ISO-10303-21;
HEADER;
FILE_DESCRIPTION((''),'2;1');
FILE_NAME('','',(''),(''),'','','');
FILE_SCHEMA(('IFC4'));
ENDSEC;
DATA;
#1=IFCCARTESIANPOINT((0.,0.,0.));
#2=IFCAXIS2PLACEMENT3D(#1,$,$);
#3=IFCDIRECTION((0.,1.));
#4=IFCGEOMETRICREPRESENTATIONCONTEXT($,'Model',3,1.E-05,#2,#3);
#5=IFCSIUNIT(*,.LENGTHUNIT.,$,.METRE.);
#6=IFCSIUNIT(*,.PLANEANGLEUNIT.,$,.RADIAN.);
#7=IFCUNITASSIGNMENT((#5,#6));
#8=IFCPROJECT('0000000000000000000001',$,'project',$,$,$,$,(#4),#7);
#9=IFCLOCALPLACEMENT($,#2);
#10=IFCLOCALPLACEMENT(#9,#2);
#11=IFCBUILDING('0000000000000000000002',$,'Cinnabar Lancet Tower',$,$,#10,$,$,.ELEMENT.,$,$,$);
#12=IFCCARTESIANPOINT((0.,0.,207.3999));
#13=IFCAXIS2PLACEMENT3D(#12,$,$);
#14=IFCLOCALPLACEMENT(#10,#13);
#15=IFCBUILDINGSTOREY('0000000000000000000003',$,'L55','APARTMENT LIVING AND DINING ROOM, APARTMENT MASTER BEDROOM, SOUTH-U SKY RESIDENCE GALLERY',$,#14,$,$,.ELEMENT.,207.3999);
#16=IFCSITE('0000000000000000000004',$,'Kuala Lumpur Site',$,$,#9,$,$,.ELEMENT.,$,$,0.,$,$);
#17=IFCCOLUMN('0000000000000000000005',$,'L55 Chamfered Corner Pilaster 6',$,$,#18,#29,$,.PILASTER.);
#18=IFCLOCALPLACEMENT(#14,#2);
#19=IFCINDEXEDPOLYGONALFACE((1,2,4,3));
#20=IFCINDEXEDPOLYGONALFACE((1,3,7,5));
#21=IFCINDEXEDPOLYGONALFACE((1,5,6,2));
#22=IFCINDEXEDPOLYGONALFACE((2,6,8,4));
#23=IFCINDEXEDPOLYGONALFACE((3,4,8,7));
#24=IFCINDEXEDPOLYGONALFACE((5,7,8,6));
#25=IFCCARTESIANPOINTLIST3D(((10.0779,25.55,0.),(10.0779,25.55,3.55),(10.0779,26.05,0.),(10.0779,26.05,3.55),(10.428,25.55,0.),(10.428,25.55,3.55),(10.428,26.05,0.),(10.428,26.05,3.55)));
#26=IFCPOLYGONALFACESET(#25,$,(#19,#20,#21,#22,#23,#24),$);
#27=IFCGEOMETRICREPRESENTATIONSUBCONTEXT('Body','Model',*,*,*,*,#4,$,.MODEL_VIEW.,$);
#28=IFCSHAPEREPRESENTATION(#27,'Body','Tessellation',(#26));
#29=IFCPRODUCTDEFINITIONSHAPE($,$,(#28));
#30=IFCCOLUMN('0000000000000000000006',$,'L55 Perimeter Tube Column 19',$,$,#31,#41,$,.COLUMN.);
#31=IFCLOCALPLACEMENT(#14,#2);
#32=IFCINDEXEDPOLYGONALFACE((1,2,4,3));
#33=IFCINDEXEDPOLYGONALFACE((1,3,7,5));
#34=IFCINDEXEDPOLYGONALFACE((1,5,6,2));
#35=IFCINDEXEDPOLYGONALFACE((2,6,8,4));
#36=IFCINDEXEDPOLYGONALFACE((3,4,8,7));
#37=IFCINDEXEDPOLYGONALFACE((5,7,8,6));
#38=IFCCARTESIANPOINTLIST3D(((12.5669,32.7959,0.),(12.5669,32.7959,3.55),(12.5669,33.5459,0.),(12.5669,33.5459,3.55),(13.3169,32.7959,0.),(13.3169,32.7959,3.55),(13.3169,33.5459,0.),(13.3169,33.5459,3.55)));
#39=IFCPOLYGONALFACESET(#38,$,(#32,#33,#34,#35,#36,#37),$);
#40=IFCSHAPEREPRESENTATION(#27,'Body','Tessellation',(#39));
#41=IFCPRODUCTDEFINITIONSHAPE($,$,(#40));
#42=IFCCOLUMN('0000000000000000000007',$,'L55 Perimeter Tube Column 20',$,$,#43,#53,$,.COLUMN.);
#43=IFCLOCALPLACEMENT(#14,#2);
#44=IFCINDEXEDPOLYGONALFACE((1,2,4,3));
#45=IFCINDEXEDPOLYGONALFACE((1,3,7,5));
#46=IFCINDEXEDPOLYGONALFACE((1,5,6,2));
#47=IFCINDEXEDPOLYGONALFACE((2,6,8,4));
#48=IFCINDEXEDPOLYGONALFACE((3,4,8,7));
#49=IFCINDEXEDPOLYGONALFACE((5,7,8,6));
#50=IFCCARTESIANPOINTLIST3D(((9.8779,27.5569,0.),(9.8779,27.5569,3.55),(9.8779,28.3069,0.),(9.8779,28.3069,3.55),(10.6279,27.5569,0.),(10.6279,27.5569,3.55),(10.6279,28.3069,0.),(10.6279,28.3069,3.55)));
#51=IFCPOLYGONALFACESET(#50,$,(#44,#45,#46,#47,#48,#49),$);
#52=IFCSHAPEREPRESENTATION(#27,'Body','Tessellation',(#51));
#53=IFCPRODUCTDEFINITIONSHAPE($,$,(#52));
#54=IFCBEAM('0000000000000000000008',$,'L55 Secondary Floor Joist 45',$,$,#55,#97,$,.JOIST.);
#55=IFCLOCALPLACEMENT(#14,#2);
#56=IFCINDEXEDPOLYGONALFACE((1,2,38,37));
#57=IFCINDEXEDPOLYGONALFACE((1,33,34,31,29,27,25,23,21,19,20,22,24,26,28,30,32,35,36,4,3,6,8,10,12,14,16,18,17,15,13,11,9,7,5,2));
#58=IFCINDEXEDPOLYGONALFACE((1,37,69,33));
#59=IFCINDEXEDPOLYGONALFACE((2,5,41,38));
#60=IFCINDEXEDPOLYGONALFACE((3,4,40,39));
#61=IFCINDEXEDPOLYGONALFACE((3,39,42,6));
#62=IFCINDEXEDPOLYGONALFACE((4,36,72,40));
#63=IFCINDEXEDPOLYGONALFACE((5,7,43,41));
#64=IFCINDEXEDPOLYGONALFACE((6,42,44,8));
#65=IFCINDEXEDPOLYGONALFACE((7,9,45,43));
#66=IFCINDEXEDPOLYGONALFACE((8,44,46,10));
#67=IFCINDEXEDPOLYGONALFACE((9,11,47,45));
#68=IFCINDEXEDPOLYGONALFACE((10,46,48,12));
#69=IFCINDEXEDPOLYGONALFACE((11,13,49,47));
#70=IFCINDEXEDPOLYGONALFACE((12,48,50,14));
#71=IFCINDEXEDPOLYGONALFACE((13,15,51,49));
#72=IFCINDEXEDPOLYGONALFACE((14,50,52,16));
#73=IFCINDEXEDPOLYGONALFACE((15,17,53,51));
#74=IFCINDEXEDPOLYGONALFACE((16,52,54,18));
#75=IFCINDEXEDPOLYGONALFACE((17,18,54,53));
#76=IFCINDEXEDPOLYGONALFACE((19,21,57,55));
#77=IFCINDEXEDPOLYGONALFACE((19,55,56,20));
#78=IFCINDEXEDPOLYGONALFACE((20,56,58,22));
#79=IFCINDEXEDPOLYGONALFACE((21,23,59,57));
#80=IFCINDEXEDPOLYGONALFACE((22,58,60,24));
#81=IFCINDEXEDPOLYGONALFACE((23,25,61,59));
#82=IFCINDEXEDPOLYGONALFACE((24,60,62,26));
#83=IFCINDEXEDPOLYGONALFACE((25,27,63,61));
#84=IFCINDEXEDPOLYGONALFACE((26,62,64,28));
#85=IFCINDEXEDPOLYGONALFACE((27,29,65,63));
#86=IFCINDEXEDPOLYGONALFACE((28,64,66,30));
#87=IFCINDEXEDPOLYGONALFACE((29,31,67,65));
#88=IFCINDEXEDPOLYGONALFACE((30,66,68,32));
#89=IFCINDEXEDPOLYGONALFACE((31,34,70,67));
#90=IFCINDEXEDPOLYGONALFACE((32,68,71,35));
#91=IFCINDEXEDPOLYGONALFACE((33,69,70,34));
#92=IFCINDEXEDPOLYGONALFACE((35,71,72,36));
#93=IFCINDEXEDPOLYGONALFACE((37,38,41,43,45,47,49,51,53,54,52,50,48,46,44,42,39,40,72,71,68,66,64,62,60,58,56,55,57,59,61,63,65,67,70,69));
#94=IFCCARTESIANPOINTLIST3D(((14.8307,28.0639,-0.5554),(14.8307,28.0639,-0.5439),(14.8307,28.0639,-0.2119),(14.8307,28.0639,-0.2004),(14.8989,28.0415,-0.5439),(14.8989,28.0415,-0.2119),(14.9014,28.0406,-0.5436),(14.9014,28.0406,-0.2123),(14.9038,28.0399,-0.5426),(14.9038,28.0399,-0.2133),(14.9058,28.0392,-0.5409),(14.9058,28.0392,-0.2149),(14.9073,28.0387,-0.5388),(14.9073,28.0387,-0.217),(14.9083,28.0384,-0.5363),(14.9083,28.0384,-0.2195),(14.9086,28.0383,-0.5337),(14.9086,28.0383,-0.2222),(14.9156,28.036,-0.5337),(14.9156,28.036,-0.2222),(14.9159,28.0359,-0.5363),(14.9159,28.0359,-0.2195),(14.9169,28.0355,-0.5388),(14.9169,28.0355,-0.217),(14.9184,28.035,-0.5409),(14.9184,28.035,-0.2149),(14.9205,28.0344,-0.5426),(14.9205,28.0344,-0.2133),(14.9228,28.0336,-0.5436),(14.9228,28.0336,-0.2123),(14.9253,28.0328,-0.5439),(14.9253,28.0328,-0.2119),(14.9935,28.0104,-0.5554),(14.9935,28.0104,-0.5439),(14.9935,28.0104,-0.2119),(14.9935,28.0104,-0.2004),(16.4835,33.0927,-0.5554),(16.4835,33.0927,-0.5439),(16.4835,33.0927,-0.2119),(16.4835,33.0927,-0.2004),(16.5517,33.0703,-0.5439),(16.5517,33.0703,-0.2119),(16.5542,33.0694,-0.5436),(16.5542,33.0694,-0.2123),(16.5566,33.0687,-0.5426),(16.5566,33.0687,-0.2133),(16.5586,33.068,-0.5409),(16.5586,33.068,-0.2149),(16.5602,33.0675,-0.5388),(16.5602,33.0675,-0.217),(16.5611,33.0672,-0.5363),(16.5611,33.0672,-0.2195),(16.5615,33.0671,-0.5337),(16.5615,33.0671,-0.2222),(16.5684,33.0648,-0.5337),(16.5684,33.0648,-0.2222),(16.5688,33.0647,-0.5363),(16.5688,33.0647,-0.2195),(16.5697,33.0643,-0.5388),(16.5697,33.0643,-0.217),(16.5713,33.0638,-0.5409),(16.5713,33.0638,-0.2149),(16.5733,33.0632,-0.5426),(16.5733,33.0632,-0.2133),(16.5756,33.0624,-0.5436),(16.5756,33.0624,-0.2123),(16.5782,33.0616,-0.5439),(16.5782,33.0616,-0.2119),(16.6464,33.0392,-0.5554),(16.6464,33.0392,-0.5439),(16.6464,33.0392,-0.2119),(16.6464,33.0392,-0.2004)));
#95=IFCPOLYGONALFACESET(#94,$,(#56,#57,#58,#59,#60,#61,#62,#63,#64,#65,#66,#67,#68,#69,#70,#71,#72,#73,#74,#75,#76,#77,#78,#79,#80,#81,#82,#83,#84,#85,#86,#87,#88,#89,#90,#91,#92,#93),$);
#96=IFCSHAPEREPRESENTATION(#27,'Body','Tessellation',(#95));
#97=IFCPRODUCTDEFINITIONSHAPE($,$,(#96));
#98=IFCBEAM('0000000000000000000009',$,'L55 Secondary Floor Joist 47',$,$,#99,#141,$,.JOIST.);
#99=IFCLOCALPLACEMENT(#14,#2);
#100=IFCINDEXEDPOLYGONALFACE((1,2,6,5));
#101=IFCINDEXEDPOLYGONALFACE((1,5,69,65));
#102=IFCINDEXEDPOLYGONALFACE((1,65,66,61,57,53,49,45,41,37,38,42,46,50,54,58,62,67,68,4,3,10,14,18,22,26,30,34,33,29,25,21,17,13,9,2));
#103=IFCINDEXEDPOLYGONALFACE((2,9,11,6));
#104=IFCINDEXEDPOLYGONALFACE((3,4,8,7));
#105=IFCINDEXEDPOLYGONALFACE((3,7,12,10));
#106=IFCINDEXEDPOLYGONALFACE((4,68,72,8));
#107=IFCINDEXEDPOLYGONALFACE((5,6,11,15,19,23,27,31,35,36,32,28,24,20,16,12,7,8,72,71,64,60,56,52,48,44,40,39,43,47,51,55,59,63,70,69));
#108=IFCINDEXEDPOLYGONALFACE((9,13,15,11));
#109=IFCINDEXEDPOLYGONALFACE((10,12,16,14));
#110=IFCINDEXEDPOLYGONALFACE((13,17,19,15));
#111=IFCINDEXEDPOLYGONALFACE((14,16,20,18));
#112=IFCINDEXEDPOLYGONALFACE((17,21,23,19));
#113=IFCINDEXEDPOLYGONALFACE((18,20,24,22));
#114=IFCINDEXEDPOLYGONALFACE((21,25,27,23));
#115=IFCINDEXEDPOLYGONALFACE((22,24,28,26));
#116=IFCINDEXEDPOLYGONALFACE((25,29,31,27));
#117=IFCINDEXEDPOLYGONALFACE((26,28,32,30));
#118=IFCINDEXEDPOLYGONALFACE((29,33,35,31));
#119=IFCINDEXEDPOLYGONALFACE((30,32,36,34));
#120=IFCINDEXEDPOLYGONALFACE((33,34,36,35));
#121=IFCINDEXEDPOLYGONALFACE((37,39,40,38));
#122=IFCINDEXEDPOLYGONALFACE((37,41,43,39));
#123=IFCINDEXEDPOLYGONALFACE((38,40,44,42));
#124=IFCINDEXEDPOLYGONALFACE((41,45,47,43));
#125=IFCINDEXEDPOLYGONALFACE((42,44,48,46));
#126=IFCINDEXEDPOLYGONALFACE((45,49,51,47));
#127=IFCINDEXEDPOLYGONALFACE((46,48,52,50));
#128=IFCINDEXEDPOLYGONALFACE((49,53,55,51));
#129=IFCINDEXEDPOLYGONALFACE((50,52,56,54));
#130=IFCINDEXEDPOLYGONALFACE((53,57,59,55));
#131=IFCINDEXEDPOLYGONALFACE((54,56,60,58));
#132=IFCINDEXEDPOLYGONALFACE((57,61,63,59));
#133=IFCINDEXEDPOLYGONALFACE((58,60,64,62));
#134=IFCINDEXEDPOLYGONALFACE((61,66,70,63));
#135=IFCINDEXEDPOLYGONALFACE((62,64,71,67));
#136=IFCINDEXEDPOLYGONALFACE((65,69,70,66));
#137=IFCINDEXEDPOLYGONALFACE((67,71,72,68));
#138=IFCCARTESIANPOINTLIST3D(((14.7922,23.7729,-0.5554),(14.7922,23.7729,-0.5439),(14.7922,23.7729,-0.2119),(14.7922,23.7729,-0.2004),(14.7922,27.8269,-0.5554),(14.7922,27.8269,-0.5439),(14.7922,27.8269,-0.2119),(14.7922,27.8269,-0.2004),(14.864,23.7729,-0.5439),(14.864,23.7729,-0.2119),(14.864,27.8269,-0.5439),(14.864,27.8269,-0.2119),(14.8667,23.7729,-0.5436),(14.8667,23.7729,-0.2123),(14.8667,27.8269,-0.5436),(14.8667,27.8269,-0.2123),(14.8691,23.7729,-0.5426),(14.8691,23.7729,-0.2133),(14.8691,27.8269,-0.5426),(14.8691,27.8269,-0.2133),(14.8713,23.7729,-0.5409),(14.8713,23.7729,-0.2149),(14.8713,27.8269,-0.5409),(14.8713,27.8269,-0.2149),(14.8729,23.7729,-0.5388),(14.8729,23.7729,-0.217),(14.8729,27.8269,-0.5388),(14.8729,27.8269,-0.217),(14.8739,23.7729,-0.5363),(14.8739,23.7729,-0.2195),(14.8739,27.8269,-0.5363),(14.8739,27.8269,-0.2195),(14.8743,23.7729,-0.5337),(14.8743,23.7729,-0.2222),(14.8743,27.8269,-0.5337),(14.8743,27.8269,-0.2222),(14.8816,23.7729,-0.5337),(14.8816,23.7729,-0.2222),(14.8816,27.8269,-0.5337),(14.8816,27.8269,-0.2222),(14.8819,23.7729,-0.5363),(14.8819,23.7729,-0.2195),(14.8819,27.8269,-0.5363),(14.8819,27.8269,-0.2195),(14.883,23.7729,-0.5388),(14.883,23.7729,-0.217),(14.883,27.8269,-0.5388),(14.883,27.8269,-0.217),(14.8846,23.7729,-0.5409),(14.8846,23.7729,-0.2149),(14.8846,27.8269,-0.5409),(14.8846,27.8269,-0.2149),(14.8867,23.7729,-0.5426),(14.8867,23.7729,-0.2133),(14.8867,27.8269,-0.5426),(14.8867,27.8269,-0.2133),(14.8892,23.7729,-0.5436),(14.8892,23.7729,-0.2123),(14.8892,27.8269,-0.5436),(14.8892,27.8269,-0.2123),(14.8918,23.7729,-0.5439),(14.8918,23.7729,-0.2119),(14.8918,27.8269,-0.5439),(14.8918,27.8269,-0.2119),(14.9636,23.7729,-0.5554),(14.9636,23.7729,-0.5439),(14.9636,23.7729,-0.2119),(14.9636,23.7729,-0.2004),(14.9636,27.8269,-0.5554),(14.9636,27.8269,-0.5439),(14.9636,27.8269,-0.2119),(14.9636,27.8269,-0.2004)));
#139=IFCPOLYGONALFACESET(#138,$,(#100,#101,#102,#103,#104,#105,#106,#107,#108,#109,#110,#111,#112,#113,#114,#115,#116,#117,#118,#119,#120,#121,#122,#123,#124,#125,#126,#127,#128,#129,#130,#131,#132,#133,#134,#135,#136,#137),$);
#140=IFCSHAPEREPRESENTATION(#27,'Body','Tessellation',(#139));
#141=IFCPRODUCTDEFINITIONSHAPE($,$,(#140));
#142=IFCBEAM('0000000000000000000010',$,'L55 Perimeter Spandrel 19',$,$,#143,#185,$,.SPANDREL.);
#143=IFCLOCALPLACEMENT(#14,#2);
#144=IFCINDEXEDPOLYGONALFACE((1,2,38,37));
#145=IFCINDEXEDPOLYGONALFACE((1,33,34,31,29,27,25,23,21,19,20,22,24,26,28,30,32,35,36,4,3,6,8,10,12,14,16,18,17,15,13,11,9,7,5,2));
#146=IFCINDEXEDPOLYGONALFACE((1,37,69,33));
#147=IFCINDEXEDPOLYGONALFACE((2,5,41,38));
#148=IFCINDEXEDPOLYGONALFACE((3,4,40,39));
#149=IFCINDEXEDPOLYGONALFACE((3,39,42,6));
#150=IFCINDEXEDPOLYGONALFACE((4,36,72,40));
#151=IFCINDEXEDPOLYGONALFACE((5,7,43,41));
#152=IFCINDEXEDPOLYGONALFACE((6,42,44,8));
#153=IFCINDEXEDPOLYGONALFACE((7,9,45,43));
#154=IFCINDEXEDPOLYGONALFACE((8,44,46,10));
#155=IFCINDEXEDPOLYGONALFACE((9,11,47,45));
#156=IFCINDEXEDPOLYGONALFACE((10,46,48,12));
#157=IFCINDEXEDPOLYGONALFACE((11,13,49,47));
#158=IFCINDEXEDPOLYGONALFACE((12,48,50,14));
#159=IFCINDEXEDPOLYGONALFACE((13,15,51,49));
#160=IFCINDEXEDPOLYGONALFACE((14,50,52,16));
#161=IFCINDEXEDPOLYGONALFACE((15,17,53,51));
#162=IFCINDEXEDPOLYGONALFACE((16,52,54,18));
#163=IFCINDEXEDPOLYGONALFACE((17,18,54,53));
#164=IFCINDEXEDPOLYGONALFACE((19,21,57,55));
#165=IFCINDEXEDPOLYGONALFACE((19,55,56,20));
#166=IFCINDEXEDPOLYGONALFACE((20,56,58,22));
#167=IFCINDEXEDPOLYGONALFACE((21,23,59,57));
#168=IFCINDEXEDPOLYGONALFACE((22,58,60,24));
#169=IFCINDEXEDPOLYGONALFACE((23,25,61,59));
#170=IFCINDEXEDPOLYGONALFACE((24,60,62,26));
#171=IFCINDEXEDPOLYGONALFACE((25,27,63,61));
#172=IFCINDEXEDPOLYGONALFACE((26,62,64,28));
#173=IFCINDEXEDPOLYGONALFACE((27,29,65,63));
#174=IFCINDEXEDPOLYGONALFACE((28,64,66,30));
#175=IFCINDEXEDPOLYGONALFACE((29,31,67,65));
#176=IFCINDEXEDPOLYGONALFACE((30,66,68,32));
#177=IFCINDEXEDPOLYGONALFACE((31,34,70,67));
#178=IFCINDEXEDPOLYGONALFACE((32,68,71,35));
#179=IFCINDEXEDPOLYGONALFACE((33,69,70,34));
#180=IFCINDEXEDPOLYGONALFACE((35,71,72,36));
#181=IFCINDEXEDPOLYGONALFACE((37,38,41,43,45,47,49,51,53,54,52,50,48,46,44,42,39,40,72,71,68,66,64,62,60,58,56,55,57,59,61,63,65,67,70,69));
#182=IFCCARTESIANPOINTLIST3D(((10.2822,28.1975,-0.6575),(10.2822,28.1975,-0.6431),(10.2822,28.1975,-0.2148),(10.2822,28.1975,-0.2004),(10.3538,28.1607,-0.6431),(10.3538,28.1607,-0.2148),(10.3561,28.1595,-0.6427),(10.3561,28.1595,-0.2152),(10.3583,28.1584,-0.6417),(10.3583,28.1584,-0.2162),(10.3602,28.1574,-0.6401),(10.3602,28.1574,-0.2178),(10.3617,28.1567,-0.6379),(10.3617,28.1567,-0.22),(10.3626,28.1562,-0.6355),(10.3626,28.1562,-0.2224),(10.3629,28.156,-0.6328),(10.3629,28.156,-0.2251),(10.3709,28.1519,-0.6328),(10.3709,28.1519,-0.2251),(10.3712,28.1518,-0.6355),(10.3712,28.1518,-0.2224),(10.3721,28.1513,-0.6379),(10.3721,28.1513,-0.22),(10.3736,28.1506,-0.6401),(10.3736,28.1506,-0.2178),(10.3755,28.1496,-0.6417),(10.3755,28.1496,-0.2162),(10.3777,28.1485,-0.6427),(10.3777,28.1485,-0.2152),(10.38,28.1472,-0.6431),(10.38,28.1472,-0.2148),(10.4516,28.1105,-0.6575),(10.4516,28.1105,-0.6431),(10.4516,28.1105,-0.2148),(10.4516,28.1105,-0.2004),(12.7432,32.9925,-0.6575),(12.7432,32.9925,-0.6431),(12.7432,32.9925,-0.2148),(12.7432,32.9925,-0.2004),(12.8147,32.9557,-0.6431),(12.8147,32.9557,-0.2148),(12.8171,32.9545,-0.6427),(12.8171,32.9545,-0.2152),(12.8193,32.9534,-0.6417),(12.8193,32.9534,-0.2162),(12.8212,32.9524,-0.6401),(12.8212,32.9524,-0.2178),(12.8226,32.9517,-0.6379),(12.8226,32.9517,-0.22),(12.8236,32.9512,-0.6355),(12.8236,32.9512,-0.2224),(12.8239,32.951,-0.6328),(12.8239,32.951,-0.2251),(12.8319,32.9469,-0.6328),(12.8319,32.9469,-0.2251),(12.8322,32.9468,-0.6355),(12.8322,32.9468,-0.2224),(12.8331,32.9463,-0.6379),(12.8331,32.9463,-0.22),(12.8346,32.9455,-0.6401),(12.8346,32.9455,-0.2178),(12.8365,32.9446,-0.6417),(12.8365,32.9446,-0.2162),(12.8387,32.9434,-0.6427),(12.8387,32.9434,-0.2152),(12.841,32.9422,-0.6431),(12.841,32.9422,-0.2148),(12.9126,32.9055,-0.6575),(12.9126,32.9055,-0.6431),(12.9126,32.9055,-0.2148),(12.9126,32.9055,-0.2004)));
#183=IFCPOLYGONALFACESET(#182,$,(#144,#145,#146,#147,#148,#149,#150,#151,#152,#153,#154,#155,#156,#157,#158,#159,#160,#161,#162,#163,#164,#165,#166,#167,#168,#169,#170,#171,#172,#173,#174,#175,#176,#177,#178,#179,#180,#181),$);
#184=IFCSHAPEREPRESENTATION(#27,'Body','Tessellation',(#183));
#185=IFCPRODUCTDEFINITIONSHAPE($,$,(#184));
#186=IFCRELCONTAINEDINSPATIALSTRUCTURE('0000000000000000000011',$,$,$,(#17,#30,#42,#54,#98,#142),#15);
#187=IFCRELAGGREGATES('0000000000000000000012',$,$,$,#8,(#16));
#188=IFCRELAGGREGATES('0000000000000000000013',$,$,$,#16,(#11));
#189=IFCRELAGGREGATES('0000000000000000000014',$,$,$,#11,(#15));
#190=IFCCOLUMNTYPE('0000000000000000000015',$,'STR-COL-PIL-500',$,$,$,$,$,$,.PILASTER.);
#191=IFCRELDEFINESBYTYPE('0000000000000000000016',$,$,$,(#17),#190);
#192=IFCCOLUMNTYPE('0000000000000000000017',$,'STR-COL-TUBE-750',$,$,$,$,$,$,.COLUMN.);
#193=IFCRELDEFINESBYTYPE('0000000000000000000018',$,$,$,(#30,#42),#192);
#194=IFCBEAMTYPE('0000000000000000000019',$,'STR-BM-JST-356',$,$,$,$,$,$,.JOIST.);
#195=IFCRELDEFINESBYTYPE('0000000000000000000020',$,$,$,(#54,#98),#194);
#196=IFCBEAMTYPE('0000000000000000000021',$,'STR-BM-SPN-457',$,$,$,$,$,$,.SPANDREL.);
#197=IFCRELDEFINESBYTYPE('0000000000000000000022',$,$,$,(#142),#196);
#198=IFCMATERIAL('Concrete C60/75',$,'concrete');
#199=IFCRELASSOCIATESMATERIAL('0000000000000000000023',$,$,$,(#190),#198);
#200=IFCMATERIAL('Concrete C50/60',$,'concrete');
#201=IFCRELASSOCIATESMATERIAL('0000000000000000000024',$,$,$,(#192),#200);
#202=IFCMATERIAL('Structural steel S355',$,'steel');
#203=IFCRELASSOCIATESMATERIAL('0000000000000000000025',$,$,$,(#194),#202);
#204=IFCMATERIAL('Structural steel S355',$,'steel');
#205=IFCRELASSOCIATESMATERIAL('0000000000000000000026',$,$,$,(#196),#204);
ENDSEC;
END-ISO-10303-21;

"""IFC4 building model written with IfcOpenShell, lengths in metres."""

from ifc_helpers import new_model, si_unit, direction, frame, origin, origin_2d, place, context, subcontext, project, spatial, rectangle, i_section, extrude, material, material_profile, profile_set, type_object, element, save


model = new_model("IFC4")

# Units and contexts
model_context = context("Model", 3, precision=1e-05, world=origin(), true_north=direction((0.0, 1.0)))
body_context = subcontext(model_context, "Body", "Model", "MODEL_VIEW")
ifc_project = project(units=[si_unit("LENGTHUNIT", "METRE"), si_unit("PLANEANGLEUNIT", "RADIAN")], contexts=[model_context])

# Site, building, storey
site_placement = place(None, origin())
site = spatial("IfcSite", under=ifc_project, at=site_placement, Name="Kuala Lumpur Site", CompositionType="ELEMENT", RefElevation=0.0)
building_placement = place(site_placement, origin())
building = spatial("IfcBuilding", under=site, at=building_placement, Name="Cinnabar Lancet Tower", CompositionType="ELEMENT")
storey_placement = place(building_placement, frame((0.0, 0.0, 207.3999)))
storey = spatial("IfcBuildingStorey", under=building, at=storey_placement, Name="L55", Description="APARTMENT LIVING AND DINING ROOM, APARTMENT MASTER BEDROOM, SOUTH-U SKY RESIDENCE GALLERY", CompositionType="ELEMENT", Elevation=207.3999)

# Columns
ifc_material_1 = material(Name="Concrete C60/75", Category="concrete")
ifc_material_profile_1 = material_profile(ifc_material_1, rectangle(XDim=0.5, YDim=0.3501, at=origin_2d()), Name="RC-PIL 500x350")
ifc_profile_set_1 = profile_set([ifc_material_profile_1], Name="Concrete C60/75")
column_type_1 = type_object("IfcColumnType", Name="STR-COL-PIL-500", PredefinedType="PILASTER", material=ifc_profile_set_1)
column_placement = place(storey_placement, frame((10.2529, 25.8, 0.0), z_axis=(0.0, 0.0, 1.0), x_axis=(0.0, -1.0, 0.0)))
element("IfcColumn", 1, at=column_placement, inside=storey, type_object=column_type_1, Name="L55 Chamfered Corner Pilaster 6", PredefinedType="PILASTER", context=body_context, shape_type="SweptSolid", body=[
    extrude(rectangle(XDim=0.5, YDim=0.3501, at=origin_2d()), origin(), (0.0, 0.0, 1.0), 3.55),
])
ifc_material_2 = material(Name="Concrete C50/60", Category="concrete")
ifc_material_profile_2 = material_profile(ifc_material_2, rectangle(XDim=0.75, YDim=0.75, at=origin_2d()), Name="RC-COL 750x750")
ifc_profile_set_2 = profile_set([ifc_material_profile_2], Name="Concrete C50/60")
column_type_2 = type_object("IfcColumnType", Name="STR-COL-TUBE-750", PredefinedType="COLUMN", material=ifc_profile_set_2)
for number, where, z_axis, x_axis, name in (
    (2, (12.9419, 33.1709, 0.0), (0.0, 0.0, 1.0), (1.0, 0.0, 0.0), "L55 Perimeter Tube Column 19"),
    (3, (10.2529, 27.9319, 0.0), (0.0, 0.0, 1.0), (1.0, 0.0, 0.0), "L55 Perimeter Tube Column 20"),
):
    element("IfcColumn", number, at=place(storey_placement, frame(where, z_axis=z_axis, x_axis=x_axis)), inside=storey, type_object=column_type_2, Name=name, PredefinedType="COLUMN", context=body_context, shape_type="SweptSolid", body=[
        extrude(rectangle(XDim=0.75, YDim=0.75, at=origin_2d()), origin(), (0.0, 0.0, 1.0), 3.55),
    ])

# Beams
ifc_material_3 = material(Name="Structural steel S355", Category="steel")
ifc_material_profile_3 = material_profile(ifc_material_3, i_section(OverallWidth=0.1714, OverallDepth=0.355, WebThickness=0.0073, FlangeThickness=0.0115, FilletRadius=0.0103, at=origin_2d()), Name="UKB 356x171x51")
ifc_profile_set_3 = profile_set([ifc_material_profile_3], Name="Structural steel S355")
beam_type_1 = type_object("IfcBeamType", Name="STR-BM-JST-356", PredefinedType="JOIST", material=ifc_profile_set_3)
beam_1_placement = place(storey_placement, frame((16.5649, 33.0659, -0.3779), z_axis=(-0.31224, -0.950003, 0.0), x_axis=(0.950003, -0.31224, 0.0)))
element("IfcBeam", 4, at=beam_1_placement, inside=storey, type_object=beam_type_1, Name="L55 Secondary Floor Joist 45", PredefinedType="JOIST", context=body_context, shape_type="SweptSolid", body=[
    extrude(i_section(OverallWidth=0.1714, OverallDepth=0.355, WebThickness=0.0073, FlangeThickness=0.0115, FilletRadius=0.0103, at=origin_2d()), origin(), (0.0, 0.0, 1.0), 5.2935),
])
beam_2_placement = place(storey_placement, frame((14.8779, 27.8269, -0.3779), z_axis=(0.0, -1.0, 0.0), x_axis=(1.0, 0.0, 0.0)))
element("IfcBeam", 5, at=beam_2_placement, inside=storey, type_object=beam_type_1, Name="L55 Secondary Floor Joist 47", PredefinedType="JOIST", context=body_context, shape_type="SweptSolid", body=[
    extrude(i_section(OverallWidth=0.1714, OverallDepth=0.355, WebThickness=0.0073, FlangeThickness=0.0115, FilletRadius=0.0103, at=origin_2d()), origin(), (0.0, 0.0, 1.0), 4.054),
])
ifc_material_4 = material(Name="Structural steel S355", Category="steel")
ifc_material_profile_4 = material_profile(ifc_material_4, i_section(OverallWidth=0.1904, OverallDepth=0.457, WebThickness=0.009, FlangeThickness=0.0144, FilletRadius=0.0103, at=origin_2d()), Name="UKB 457x191x74")
ifc_profile_set_4 = profile_set([ifc_material_profile_4], Name="Structural steel S355")
beam_type_2 = type_object("IfcBeamType", Name="STR-BM-SPN-457", PredefinedType="SPANDREL", material=ifc_profile_set_4)
beam_3_placement = place(storey_placement, frame((12.8279, 32.949, -0.429), z_axis=(-0.456611, -0.889666, 0.0), x_axis=(0.889666, -0.456611, 0.0)))
element("IfcBeam", 6, at=beam_3_placement, inside=storey, type_object=beam_type_2, Name="L55 Perimeter Spandrel 19", PredefinedType="SPANDREL", context=body_context, shape_type="SweptSolid", body=[
    extrude(i_section(OverallWidth=0.1904, OverallDepth=0.457, WebThickness=0.009, FlangeThickness=0.0144, FilletRadius=0.0103, at=origin_2d()), origin(), (0.0, 0.0, 1.0), 5.3896),
])

save(model, "model.ifc")
